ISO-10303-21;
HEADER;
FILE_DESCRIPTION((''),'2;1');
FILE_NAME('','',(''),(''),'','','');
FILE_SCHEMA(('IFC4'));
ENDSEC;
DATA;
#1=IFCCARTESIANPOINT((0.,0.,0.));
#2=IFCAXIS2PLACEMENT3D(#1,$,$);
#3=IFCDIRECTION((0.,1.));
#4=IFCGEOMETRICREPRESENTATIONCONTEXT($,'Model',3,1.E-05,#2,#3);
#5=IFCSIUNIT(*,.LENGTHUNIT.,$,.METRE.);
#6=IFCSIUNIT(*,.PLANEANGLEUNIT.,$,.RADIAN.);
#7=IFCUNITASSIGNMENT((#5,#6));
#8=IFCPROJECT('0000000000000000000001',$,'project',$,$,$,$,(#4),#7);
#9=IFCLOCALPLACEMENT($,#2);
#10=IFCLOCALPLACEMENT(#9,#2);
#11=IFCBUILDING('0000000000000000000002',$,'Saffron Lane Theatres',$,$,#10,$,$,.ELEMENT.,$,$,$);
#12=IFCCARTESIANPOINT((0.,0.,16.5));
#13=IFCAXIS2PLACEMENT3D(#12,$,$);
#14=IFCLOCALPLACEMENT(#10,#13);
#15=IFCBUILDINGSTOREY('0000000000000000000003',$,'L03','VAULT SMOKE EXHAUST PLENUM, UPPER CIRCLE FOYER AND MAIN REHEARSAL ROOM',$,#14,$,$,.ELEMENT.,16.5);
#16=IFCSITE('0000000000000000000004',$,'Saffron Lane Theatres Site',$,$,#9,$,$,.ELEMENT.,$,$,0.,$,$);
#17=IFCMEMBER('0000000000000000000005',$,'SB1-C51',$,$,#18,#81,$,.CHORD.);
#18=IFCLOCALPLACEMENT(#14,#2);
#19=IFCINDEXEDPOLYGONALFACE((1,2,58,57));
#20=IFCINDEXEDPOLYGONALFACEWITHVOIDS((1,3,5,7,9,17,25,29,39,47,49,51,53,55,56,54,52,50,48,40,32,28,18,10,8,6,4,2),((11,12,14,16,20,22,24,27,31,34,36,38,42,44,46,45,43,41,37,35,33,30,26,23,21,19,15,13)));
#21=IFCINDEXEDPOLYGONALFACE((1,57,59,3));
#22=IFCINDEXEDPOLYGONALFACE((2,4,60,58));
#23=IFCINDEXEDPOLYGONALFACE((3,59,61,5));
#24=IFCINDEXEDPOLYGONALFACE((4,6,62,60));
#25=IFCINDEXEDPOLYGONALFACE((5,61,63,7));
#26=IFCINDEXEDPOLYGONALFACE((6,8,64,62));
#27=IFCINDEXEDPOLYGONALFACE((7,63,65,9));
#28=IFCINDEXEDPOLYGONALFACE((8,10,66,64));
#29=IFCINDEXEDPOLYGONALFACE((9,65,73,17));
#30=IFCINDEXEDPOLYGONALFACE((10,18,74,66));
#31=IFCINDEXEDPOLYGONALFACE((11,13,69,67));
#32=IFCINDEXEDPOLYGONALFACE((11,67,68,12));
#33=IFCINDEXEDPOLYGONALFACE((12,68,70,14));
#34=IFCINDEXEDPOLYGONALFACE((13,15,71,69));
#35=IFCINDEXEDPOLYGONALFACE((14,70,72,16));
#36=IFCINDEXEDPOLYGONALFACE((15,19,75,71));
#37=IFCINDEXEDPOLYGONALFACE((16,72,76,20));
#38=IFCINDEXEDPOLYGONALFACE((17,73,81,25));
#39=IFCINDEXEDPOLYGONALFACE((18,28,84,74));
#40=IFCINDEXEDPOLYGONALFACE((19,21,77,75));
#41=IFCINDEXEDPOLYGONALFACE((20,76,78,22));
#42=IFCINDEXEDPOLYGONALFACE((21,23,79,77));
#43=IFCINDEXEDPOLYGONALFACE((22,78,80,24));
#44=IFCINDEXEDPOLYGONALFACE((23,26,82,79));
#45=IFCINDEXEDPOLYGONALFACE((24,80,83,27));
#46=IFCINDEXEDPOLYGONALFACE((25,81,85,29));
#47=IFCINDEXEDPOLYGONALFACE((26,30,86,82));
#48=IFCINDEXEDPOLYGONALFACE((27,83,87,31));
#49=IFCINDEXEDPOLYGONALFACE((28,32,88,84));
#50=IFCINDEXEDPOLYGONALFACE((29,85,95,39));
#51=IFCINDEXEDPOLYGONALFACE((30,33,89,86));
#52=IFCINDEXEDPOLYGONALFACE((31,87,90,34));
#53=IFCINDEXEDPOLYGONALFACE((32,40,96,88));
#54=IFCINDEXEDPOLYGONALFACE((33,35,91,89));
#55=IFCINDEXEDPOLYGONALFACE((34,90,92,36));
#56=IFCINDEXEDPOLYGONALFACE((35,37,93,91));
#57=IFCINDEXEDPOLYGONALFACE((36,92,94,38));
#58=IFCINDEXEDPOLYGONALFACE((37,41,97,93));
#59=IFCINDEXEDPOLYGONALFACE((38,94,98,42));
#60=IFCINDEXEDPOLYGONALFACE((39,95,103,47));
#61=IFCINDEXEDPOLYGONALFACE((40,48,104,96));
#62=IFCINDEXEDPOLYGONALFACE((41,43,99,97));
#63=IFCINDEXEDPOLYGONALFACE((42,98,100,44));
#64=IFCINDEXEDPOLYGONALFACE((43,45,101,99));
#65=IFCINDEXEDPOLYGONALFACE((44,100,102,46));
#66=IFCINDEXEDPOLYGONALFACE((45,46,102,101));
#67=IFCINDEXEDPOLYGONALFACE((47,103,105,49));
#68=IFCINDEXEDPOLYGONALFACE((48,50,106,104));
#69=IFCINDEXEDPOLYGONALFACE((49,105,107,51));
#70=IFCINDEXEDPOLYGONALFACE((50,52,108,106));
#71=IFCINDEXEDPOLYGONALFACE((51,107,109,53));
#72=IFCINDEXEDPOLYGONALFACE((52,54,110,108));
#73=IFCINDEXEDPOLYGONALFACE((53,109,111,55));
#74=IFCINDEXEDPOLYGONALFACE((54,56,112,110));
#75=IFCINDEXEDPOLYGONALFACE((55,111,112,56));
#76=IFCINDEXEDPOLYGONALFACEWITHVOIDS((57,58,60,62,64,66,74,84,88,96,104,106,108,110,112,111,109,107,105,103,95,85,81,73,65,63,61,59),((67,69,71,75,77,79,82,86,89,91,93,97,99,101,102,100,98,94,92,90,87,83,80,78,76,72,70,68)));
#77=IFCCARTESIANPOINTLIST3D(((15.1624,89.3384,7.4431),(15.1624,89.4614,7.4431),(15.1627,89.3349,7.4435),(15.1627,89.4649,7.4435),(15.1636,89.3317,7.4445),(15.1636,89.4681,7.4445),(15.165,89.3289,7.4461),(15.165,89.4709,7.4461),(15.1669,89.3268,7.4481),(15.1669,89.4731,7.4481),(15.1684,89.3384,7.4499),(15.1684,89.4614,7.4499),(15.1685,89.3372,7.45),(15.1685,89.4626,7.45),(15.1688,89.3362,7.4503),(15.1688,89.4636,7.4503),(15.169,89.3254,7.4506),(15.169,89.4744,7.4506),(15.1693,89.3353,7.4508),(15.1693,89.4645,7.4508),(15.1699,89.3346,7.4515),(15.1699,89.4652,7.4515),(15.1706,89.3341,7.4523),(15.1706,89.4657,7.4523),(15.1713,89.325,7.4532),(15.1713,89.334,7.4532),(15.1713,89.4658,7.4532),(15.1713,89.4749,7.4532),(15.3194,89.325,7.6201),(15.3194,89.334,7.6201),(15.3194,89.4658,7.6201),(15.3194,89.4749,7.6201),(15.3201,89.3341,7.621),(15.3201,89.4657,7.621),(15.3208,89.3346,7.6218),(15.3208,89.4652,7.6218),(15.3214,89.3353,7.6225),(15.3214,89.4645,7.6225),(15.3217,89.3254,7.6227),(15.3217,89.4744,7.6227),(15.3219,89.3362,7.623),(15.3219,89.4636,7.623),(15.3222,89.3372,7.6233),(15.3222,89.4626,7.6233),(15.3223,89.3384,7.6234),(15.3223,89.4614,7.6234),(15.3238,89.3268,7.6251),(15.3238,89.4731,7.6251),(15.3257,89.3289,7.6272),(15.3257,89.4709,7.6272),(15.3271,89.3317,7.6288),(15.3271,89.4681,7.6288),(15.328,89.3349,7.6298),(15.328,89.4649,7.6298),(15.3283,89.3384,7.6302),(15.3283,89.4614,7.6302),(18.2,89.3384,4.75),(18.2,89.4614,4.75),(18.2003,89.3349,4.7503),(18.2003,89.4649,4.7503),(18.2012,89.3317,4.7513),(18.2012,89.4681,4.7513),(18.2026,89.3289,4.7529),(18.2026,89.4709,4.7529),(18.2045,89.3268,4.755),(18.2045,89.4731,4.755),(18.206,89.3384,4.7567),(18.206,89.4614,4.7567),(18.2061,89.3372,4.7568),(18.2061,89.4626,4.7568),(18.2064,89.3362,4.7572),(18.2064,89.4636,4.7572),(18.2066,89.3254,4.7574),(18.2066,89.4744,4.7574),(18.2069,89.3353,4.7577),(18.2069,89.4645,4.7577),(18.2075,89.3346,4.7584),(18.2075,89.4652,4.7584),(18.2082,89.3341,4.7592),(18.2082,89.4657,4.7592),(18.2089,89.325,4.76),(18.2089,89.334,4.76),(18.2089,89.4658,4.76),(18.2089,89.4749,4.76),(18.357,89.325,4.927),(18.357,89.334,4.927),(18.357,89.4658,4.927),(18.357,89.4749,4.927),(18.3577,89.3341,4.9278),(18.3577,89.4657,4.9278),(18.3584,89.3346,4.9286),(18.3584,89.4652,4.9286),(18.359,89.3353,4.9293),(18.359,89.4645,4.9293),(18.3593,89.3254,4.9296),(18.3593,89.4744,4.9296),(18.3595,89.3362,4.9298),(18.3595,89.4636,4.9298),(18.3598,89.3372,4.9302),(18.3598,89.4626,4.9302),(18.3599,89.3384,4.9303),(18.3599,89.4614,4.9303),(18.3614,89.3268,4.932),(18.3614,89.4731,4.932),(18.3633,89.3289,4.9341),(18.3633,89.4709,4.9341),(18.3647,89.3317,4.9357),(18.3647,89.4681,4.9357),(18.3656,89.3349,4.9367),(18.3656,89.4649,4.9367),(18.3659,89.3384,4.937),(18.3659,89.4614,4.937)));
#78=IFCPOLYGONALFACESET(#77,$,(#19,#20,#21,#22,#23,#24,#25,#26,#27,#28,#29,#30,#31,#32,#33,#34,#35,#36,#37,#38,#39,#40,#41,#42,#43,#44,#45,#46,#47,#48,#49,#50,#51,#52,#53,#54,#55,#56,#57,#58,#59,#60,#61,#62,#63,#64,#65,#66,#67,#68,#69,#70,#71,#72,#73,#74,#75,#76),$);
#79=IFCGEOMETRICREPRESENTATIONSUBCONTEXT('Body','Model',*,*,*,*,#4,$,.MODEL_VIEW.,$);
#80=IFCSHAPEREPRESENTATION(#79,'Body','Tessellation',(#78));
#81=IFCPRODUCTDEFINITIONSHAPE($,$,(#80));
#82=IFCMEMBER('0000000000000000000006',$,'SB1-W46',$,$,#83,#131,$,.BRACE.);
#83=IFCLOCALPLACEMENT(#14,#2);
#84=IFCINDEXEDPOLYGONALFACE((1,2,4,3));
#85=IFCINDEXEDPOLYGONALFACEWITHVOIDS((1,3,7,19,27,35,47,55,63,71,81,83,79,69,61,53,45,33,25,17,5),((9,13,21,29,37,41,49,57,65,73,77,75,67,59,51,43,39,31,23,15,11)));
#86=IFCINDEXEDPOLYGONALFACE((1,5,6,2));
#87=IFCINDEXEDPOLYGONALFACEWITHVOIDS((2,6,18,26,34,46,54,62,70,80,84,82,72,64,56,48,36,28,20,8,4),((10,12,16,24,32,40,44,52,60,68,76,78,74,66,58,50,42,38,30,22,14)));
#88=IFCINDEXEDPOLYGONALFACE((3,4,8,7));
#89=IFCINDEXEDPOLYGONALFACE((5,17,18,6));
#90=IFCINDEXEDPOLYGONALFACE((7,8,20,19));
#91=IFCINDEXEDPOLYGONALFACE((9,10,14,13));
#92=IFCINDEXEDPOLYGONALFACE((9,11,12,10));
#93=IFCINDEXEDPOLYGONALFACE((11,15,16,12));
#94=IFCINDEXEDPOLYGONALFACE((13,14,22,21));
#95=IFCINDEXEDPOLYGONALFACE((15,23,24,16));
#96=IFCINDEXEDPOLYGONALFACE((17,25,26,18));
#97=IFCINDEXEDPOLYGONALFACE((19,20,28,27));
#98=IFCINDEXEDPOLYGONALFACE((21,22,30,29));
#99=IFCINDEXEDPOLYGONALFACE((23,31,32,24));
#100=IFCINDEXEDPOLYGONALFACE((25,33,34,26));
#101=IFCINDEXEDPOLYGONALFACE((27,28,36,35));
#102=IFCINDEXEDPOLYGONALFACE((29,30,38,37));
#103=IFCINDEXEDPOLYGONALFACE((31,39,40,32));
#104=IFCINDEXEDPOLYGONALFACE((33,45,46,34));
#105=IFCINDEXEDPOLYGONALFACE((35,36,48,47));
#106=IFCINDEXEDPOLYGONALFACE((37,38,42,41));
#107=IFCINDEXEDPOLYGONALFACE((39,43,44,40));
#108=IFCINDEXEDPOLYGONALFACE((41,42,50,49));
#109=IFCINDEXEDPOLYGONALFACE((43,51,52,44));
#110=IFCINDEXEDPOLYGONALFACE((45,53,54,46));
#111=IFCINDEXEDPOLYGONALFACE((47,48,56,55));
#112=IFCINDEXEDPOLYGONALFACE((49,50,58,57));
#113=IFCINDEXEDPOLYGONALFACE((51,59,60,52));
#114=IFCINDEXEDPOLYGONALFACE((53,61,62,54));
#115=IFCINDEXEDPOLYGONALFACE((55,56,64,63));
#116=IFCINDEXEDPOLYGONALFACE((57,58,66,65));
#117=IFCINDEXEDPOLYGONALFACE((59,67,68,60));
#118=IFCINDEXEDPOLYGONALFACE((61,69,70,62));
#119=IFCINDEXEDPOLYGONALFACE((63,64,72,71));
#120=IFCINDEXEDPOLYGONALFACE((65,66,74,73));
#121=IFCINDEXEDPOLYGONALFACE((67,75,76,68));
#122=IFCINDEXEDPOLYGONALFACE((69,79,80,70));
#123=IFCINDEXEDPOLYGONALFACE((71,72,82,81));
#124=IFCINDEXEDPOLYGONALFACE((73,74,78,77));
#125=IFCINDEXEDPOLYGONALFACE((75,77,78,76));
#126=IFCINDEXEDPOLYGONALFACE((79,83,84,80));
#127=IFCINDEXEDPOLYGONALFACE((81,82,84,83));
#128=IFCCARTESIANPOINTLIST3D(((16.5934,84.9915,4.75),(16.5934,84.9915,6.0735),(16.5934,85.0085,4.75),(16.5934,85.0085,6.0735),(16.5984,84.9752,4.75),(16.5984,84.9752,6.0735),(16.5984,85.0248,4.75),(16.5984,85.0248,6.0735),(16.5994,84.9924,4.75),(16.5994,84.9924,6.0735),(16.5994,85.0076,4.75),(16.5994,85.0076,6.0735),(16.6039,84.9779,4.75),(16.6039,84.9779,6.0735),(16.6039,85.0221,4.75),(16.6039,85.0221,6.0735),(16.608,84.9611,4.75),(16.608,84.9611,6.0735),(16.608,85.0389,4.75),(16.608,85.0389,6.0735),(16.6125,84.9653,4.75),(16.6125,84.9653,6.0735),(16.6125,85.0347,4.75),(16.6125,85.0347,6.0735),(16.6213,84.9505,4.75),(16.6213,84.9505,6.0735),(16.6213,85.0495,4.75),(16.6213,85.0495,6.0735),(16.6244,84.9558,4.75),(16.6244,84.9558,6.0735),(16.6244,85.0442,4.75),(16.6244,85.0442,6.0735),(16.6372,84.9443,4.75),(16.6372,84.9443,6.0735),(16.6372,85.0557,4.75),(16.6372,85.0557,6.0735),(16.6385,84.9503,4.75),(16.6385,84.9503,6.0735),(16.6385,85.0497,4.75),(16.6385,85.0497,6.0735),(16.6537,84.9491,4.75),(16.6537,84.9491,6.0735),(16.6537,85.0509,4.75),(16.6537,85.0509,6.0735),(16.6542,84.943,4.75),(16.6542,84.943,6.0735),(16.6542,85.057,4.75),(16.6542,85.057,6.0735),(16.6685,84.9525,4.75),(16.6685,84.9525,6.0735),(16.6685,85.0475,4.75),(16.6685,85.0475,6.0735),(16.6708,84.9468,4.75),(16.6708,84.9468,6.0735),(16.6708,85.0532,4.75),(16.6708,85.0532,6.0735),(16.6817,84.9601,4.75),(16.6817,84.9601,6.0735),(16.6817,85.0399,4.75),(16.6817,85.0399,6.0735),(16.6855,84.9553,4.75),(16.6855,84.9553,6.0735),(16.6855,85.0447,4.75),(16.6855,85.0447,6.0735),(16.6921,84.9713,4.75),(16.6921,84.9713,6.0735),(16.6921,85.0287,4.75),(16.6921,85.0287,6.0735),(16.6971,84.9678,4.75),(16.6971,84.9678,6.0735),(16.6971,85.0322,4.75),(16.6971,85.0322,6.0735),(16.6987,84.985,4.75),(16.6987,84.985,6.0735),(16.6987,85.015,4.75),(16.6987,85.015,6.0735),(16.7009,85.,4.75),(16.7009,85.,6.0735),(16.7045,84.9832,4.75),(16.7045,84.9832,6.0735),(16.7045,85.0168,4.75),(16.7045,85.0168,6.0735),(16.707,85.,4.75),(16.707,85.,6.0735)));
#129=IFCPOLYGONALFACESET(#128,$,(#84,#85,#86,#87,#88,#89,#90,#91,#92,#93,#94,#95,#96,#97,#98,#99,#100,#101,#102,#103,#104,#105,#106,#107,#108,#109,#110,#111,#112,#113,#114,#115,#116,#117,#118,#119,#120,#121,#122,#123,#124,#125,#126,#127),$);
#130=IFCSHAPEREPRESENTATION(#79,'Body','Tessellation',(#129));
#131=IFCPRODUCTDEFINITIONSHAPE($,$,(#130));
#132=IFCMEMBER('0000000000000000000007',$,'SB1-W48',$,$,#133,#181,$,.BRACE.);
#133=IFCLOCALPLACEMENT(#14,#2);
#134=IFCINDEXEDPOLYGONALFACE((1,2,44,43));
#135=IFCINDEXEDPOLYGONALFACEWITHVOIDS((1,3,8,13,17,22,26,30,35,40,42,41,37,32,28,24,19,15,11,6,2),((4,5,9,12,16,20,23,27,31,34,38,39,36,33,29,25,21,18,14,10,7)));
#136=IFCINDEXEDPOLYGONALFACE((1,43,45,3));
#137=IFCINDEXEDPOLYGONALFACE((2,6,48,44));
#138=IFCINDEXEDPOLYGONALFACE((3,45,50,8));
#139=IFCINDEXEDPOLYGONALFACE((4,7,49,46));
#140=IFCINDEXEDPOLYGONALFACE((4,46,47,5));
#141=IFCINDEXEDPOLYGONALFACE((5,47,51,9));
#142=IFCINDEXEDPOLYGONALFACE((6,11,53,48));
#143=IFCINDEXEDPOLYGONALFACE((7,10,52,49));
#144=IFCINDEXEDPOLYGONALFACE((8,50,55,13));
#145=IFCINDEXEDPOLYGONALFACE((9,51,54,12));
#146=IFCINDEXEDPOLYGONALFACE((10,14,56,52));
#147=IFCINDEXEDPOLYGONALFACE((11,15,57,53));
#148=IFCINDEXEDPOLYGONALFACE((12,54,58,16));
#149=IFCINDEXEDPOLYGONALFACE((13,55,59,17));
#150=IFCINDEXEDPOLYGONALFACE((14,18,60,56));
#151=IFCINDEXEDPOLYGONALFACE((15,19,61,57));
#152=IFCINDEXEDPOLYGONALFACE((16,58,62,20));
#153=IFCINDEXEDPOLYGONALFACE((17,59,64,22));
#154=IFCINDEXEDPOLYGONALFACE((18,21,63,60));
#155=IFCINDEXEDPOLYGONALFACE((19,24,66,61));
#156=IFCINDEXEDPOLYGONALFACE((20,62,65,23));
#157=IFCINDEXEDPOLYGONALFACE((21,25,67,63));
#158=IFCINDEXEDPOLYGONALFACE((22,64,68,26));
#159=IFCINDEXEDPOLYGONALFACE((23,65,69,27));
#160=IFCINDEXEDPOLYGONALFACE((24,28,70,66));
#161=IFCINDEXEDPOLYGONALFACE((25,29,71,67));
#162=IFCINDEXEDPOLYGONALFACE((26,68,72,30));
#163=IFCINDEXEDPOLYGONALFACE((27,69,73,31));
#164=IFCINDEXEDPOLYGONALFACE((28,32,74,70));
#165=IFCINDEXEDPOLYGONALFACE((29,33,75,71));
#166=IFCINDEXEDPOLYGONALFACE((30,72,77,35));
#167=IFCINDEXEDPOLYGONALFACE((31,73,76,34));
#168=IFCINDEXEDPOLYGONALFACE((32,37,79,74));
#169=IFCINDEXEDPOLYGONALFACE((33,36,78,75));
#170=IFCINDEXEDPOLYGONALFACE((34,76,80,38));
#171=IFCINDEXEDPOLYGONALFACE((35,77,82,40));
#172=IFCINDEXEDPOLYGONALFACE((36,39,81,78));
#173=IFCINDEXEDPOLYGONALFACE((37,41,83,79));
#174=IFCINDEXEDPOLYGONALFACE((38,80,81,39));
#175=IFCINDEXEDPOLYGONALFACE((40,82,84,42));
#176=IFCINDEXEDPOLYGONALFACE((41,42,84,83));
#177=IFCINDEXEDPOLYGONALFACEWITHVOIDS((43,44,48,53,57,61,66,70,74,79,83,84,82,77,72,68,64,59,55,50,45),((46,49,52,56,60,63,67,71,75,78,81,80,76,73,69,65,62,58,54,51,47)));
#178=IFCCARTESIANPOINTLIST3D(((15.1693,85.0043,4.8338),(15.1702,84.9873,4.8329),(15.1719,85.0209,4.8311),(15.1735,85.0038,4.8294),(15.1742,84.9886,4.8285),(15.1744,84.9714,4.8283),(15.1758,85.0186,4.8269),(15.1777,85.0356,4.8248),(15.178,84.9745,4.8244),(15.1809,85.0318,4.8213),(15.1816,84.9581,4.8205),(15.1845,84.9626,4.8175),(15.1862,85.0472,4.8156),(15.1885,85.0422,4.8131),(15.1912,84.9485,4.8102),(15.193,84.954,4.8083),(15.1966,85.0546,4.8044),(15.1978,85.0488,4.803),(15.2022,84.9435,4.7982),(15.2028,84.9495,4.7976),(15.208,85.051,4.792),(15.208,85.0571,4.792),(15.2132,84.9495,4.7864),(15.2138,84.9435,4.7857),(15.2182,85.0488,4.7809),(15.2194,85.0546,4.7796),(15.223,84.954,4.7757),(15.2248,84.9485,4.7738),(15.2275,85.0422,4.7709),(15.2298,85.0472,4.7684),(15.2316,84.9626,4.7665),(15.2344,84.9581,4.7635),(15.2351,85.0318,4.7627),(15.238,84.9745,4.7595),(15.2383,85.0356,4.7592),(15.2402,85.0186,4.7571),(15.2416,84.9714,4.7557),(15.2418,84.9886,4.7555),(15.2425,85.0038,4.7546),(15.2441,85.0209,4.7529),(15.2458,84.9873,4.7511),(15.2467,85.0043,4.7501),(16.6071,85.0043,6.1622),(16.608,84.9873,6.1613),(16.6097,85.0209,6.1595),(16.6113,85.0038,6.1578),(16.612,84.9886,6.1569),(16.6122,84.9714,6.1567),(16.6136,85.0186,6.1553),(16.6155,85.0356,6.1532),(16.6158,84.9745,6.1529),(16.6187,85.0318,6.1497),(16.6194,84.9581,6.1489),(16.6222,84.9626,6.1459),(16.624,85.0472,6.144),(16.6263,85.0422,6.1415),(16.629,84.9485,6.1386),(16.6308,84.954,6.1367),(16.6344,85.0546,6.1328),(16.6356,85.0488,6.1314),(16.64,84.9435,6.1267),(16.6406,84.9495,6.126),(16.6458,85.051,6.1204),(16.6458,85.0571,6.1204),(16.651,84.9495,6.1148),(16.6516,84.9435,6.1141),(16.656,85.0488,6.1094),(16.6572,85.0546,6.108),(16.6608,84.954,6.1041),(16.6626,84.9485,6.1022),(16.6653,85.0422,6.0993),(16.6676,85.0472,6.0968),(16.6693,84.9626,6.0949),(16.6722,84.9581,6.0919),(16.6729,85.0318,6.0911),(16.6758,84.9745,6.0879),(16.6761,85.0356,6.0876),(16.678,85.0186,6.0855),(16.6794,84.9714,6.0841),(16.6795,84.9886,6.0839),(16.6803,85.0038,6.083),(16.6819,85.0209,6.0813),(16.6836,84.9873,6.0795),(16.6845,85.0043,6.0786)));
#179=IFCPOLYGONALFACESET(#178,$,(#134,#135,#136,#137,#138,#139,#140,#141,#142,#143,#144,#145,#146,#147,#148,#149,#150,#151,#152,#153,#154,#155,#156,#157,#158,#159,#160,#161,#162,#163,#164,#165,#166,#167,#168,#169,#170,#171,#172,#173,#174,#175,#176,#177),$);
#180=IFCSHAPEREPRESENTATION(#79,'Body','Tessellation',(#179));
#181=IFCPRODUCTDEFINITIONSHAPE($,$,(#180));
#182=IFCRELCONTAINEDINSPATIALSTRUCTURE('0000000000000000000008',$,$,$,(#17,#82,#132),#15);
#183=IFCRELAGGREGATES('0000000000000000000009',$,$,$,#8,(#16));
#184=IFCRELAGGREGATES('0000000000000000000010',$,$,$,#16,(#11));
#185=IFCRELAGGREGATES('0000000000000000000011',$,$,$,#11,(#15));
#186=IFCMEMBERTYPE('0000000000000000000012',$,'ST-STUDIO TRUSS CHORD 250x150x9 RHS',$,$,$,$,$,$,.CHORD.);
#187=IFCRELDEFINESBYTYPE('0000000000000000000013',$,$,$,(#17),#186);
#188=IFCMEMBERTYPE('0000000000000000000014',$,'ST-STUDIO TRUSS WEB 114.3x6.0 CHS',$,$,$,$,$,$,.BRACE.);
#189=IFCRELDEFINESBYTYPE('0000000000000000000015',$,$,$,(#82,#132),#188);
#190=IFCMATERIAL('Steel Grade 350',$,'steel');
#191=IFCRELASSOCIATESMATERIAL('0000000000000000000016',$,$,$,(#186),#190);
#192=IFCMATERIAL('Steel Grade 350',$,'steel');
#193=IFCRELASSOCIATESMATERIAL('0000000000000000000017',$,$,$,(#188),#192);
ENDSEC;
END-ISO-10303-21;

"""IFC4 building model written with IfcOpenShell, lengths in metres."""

from ifc_helpers import new_model, si_unit, direction, frame, origin, origin_2d, place, context, subcontext, project, spatial, hollow_rectangle, hollow_circle, extrude, material, material_profile, profile_set, type_object, element, save


model = new_model("IFC4")

# Units and contexts
model_context = context("Model", 3, precision=1e-05, world=origin(), true_north=direction((0.0, 1.0)))
body_context = subcontext(model_context, "Body", "Model", "MODEL_VIEW")
ifc_project = project(units=[si_unit("LENGTHUNIT", "METRE"), si_unit("PLANEANGLEUNIT", "RADIAN")], contexts=[model_context])

# Site, building, storey
site_placement = place(None, origin())
site = spatial("IfcSite", under=ifc_project, at=site_placement, Name="Saffron Lane Theatres Site", CompositionType="ELEMENT", RefElevation=0.0)
building_placement = place(site_placement, origin())
building = spatial("IfcBuilding", under=site, at=building_placement, Name="Saffron Lane Theatres", CompositionType="ELEMENT")
storey_placement = place(building_placement, frame((0.0, 0.0, 16.5)))
storey = spatial("IfcBuildingStorey", under=building, at=storey_placement, Name="L03", Description="VAULT SMOKE EXHAUST PLENUM, UPPER CIRCLE FOYER AND MAIN REHEARSAL ROOM", CompositionType="ELEMENT", Elevation=16.5)

# Members
ifc_material_1 = material(Name="Steel Grade 350", Category="steel")
ifc_material_profile_1 = material_profile(ifc_material_1, hollow_rectangle(XDim=0.1499, YDim=0.25, WallThickness=0.009, InnerFilletRadius=0.0044, OuterFilletRadius=0.0134, at=origin_2d()))
ifc_profile_set_1 = profile_set([ifc_material_profile_1], Name="Steel Grade 350")
member_type_1 = type_object("IfcMemberType", Name="ST-STUDIO TRUSS CHORD 250x150x9 RHS", PredefinedType="CHORD", material=ifc_profile_set_1)
member_1_placement = place(storey_placement, frame((18.283, 89.3999, 4.8435), z_axis=(-0.748261, 0.0, 0.663404), x_axis=(0.0, -1.0, 0.0)))
element("IfcMember", 1, at=member_1_placement, inside=storey, type_object=member_type_1, Name="SB1-C51", PredefinedType="CHORD", context=body_context, shape_type="SweptSolid", body=[
    extrude(hollow_rectangle(XDim=0.1499, YDim=0.25, WallThickness=0.009, InnerFilletRadius=0.0044, OuterFilletRadius=0.0134, at=origin_2d()), origin(), (0.0, 0.0, 1.0), 4.0596),
])
ifc_material_2 = material(Name="Steel Grade 350", Category="steel")
ifc_material_profile_2 = material_profile(ifc_material_2, hollow_circle(Radius=0.0571, WallThickness=0.0061, at=origin_2d()))
ifc_profile_set_2 = profile_set([ifc_material_profile_2], Name="Steel Grade 350")
member_type_2 = type_object("IfcMemberType", Name="ST-STUDIO TRUSS WEB 114.3x6.0 CHS", PredefinedType="BRACE", material=ifc_profile_set_2)
member_2_placement = place(storey_placement, frame((16.6499, 85.0, 4.75), z_axis=(0.0, 0.0, 1.0), x_axis=(1.0, 0.0, 0.0)))
element("IfcMember", 2, at=member_2_placement, inside=storey, type_object=member_type_2, Name="SB1-W46", PredefinedType="BRACE", context=body_context, shape_type="SweptSolid", body=[
    extrude(hollow_circle(Radius=0.0571, WallThickness=0.0061, at=origin_2d()), origin(), (0.0, 0.0, 1.0), 1.3235),
])
member_3_placement = place(storey_placement, frame((15.208, 85.0, 4.792), z_axis=(0.734493, 0.0, 0.678617), x_axis=(0.0, 1.0, 0.0)))
element("IfcMember", 3, at=member_3_placement, inside=storey, type_object=member_type_2, Name="SB1-W48", PredefinedType="BRACE", context=body_context, shape_type="SweptSolid", body=[
    extrude(hollow_circle(Radius=0.0571, WallThickness=0.0061, at=origin_2d()), origin(), (0.0, 0.0, 1.0), 1.9575),
])

save(model, "model.ifc")
